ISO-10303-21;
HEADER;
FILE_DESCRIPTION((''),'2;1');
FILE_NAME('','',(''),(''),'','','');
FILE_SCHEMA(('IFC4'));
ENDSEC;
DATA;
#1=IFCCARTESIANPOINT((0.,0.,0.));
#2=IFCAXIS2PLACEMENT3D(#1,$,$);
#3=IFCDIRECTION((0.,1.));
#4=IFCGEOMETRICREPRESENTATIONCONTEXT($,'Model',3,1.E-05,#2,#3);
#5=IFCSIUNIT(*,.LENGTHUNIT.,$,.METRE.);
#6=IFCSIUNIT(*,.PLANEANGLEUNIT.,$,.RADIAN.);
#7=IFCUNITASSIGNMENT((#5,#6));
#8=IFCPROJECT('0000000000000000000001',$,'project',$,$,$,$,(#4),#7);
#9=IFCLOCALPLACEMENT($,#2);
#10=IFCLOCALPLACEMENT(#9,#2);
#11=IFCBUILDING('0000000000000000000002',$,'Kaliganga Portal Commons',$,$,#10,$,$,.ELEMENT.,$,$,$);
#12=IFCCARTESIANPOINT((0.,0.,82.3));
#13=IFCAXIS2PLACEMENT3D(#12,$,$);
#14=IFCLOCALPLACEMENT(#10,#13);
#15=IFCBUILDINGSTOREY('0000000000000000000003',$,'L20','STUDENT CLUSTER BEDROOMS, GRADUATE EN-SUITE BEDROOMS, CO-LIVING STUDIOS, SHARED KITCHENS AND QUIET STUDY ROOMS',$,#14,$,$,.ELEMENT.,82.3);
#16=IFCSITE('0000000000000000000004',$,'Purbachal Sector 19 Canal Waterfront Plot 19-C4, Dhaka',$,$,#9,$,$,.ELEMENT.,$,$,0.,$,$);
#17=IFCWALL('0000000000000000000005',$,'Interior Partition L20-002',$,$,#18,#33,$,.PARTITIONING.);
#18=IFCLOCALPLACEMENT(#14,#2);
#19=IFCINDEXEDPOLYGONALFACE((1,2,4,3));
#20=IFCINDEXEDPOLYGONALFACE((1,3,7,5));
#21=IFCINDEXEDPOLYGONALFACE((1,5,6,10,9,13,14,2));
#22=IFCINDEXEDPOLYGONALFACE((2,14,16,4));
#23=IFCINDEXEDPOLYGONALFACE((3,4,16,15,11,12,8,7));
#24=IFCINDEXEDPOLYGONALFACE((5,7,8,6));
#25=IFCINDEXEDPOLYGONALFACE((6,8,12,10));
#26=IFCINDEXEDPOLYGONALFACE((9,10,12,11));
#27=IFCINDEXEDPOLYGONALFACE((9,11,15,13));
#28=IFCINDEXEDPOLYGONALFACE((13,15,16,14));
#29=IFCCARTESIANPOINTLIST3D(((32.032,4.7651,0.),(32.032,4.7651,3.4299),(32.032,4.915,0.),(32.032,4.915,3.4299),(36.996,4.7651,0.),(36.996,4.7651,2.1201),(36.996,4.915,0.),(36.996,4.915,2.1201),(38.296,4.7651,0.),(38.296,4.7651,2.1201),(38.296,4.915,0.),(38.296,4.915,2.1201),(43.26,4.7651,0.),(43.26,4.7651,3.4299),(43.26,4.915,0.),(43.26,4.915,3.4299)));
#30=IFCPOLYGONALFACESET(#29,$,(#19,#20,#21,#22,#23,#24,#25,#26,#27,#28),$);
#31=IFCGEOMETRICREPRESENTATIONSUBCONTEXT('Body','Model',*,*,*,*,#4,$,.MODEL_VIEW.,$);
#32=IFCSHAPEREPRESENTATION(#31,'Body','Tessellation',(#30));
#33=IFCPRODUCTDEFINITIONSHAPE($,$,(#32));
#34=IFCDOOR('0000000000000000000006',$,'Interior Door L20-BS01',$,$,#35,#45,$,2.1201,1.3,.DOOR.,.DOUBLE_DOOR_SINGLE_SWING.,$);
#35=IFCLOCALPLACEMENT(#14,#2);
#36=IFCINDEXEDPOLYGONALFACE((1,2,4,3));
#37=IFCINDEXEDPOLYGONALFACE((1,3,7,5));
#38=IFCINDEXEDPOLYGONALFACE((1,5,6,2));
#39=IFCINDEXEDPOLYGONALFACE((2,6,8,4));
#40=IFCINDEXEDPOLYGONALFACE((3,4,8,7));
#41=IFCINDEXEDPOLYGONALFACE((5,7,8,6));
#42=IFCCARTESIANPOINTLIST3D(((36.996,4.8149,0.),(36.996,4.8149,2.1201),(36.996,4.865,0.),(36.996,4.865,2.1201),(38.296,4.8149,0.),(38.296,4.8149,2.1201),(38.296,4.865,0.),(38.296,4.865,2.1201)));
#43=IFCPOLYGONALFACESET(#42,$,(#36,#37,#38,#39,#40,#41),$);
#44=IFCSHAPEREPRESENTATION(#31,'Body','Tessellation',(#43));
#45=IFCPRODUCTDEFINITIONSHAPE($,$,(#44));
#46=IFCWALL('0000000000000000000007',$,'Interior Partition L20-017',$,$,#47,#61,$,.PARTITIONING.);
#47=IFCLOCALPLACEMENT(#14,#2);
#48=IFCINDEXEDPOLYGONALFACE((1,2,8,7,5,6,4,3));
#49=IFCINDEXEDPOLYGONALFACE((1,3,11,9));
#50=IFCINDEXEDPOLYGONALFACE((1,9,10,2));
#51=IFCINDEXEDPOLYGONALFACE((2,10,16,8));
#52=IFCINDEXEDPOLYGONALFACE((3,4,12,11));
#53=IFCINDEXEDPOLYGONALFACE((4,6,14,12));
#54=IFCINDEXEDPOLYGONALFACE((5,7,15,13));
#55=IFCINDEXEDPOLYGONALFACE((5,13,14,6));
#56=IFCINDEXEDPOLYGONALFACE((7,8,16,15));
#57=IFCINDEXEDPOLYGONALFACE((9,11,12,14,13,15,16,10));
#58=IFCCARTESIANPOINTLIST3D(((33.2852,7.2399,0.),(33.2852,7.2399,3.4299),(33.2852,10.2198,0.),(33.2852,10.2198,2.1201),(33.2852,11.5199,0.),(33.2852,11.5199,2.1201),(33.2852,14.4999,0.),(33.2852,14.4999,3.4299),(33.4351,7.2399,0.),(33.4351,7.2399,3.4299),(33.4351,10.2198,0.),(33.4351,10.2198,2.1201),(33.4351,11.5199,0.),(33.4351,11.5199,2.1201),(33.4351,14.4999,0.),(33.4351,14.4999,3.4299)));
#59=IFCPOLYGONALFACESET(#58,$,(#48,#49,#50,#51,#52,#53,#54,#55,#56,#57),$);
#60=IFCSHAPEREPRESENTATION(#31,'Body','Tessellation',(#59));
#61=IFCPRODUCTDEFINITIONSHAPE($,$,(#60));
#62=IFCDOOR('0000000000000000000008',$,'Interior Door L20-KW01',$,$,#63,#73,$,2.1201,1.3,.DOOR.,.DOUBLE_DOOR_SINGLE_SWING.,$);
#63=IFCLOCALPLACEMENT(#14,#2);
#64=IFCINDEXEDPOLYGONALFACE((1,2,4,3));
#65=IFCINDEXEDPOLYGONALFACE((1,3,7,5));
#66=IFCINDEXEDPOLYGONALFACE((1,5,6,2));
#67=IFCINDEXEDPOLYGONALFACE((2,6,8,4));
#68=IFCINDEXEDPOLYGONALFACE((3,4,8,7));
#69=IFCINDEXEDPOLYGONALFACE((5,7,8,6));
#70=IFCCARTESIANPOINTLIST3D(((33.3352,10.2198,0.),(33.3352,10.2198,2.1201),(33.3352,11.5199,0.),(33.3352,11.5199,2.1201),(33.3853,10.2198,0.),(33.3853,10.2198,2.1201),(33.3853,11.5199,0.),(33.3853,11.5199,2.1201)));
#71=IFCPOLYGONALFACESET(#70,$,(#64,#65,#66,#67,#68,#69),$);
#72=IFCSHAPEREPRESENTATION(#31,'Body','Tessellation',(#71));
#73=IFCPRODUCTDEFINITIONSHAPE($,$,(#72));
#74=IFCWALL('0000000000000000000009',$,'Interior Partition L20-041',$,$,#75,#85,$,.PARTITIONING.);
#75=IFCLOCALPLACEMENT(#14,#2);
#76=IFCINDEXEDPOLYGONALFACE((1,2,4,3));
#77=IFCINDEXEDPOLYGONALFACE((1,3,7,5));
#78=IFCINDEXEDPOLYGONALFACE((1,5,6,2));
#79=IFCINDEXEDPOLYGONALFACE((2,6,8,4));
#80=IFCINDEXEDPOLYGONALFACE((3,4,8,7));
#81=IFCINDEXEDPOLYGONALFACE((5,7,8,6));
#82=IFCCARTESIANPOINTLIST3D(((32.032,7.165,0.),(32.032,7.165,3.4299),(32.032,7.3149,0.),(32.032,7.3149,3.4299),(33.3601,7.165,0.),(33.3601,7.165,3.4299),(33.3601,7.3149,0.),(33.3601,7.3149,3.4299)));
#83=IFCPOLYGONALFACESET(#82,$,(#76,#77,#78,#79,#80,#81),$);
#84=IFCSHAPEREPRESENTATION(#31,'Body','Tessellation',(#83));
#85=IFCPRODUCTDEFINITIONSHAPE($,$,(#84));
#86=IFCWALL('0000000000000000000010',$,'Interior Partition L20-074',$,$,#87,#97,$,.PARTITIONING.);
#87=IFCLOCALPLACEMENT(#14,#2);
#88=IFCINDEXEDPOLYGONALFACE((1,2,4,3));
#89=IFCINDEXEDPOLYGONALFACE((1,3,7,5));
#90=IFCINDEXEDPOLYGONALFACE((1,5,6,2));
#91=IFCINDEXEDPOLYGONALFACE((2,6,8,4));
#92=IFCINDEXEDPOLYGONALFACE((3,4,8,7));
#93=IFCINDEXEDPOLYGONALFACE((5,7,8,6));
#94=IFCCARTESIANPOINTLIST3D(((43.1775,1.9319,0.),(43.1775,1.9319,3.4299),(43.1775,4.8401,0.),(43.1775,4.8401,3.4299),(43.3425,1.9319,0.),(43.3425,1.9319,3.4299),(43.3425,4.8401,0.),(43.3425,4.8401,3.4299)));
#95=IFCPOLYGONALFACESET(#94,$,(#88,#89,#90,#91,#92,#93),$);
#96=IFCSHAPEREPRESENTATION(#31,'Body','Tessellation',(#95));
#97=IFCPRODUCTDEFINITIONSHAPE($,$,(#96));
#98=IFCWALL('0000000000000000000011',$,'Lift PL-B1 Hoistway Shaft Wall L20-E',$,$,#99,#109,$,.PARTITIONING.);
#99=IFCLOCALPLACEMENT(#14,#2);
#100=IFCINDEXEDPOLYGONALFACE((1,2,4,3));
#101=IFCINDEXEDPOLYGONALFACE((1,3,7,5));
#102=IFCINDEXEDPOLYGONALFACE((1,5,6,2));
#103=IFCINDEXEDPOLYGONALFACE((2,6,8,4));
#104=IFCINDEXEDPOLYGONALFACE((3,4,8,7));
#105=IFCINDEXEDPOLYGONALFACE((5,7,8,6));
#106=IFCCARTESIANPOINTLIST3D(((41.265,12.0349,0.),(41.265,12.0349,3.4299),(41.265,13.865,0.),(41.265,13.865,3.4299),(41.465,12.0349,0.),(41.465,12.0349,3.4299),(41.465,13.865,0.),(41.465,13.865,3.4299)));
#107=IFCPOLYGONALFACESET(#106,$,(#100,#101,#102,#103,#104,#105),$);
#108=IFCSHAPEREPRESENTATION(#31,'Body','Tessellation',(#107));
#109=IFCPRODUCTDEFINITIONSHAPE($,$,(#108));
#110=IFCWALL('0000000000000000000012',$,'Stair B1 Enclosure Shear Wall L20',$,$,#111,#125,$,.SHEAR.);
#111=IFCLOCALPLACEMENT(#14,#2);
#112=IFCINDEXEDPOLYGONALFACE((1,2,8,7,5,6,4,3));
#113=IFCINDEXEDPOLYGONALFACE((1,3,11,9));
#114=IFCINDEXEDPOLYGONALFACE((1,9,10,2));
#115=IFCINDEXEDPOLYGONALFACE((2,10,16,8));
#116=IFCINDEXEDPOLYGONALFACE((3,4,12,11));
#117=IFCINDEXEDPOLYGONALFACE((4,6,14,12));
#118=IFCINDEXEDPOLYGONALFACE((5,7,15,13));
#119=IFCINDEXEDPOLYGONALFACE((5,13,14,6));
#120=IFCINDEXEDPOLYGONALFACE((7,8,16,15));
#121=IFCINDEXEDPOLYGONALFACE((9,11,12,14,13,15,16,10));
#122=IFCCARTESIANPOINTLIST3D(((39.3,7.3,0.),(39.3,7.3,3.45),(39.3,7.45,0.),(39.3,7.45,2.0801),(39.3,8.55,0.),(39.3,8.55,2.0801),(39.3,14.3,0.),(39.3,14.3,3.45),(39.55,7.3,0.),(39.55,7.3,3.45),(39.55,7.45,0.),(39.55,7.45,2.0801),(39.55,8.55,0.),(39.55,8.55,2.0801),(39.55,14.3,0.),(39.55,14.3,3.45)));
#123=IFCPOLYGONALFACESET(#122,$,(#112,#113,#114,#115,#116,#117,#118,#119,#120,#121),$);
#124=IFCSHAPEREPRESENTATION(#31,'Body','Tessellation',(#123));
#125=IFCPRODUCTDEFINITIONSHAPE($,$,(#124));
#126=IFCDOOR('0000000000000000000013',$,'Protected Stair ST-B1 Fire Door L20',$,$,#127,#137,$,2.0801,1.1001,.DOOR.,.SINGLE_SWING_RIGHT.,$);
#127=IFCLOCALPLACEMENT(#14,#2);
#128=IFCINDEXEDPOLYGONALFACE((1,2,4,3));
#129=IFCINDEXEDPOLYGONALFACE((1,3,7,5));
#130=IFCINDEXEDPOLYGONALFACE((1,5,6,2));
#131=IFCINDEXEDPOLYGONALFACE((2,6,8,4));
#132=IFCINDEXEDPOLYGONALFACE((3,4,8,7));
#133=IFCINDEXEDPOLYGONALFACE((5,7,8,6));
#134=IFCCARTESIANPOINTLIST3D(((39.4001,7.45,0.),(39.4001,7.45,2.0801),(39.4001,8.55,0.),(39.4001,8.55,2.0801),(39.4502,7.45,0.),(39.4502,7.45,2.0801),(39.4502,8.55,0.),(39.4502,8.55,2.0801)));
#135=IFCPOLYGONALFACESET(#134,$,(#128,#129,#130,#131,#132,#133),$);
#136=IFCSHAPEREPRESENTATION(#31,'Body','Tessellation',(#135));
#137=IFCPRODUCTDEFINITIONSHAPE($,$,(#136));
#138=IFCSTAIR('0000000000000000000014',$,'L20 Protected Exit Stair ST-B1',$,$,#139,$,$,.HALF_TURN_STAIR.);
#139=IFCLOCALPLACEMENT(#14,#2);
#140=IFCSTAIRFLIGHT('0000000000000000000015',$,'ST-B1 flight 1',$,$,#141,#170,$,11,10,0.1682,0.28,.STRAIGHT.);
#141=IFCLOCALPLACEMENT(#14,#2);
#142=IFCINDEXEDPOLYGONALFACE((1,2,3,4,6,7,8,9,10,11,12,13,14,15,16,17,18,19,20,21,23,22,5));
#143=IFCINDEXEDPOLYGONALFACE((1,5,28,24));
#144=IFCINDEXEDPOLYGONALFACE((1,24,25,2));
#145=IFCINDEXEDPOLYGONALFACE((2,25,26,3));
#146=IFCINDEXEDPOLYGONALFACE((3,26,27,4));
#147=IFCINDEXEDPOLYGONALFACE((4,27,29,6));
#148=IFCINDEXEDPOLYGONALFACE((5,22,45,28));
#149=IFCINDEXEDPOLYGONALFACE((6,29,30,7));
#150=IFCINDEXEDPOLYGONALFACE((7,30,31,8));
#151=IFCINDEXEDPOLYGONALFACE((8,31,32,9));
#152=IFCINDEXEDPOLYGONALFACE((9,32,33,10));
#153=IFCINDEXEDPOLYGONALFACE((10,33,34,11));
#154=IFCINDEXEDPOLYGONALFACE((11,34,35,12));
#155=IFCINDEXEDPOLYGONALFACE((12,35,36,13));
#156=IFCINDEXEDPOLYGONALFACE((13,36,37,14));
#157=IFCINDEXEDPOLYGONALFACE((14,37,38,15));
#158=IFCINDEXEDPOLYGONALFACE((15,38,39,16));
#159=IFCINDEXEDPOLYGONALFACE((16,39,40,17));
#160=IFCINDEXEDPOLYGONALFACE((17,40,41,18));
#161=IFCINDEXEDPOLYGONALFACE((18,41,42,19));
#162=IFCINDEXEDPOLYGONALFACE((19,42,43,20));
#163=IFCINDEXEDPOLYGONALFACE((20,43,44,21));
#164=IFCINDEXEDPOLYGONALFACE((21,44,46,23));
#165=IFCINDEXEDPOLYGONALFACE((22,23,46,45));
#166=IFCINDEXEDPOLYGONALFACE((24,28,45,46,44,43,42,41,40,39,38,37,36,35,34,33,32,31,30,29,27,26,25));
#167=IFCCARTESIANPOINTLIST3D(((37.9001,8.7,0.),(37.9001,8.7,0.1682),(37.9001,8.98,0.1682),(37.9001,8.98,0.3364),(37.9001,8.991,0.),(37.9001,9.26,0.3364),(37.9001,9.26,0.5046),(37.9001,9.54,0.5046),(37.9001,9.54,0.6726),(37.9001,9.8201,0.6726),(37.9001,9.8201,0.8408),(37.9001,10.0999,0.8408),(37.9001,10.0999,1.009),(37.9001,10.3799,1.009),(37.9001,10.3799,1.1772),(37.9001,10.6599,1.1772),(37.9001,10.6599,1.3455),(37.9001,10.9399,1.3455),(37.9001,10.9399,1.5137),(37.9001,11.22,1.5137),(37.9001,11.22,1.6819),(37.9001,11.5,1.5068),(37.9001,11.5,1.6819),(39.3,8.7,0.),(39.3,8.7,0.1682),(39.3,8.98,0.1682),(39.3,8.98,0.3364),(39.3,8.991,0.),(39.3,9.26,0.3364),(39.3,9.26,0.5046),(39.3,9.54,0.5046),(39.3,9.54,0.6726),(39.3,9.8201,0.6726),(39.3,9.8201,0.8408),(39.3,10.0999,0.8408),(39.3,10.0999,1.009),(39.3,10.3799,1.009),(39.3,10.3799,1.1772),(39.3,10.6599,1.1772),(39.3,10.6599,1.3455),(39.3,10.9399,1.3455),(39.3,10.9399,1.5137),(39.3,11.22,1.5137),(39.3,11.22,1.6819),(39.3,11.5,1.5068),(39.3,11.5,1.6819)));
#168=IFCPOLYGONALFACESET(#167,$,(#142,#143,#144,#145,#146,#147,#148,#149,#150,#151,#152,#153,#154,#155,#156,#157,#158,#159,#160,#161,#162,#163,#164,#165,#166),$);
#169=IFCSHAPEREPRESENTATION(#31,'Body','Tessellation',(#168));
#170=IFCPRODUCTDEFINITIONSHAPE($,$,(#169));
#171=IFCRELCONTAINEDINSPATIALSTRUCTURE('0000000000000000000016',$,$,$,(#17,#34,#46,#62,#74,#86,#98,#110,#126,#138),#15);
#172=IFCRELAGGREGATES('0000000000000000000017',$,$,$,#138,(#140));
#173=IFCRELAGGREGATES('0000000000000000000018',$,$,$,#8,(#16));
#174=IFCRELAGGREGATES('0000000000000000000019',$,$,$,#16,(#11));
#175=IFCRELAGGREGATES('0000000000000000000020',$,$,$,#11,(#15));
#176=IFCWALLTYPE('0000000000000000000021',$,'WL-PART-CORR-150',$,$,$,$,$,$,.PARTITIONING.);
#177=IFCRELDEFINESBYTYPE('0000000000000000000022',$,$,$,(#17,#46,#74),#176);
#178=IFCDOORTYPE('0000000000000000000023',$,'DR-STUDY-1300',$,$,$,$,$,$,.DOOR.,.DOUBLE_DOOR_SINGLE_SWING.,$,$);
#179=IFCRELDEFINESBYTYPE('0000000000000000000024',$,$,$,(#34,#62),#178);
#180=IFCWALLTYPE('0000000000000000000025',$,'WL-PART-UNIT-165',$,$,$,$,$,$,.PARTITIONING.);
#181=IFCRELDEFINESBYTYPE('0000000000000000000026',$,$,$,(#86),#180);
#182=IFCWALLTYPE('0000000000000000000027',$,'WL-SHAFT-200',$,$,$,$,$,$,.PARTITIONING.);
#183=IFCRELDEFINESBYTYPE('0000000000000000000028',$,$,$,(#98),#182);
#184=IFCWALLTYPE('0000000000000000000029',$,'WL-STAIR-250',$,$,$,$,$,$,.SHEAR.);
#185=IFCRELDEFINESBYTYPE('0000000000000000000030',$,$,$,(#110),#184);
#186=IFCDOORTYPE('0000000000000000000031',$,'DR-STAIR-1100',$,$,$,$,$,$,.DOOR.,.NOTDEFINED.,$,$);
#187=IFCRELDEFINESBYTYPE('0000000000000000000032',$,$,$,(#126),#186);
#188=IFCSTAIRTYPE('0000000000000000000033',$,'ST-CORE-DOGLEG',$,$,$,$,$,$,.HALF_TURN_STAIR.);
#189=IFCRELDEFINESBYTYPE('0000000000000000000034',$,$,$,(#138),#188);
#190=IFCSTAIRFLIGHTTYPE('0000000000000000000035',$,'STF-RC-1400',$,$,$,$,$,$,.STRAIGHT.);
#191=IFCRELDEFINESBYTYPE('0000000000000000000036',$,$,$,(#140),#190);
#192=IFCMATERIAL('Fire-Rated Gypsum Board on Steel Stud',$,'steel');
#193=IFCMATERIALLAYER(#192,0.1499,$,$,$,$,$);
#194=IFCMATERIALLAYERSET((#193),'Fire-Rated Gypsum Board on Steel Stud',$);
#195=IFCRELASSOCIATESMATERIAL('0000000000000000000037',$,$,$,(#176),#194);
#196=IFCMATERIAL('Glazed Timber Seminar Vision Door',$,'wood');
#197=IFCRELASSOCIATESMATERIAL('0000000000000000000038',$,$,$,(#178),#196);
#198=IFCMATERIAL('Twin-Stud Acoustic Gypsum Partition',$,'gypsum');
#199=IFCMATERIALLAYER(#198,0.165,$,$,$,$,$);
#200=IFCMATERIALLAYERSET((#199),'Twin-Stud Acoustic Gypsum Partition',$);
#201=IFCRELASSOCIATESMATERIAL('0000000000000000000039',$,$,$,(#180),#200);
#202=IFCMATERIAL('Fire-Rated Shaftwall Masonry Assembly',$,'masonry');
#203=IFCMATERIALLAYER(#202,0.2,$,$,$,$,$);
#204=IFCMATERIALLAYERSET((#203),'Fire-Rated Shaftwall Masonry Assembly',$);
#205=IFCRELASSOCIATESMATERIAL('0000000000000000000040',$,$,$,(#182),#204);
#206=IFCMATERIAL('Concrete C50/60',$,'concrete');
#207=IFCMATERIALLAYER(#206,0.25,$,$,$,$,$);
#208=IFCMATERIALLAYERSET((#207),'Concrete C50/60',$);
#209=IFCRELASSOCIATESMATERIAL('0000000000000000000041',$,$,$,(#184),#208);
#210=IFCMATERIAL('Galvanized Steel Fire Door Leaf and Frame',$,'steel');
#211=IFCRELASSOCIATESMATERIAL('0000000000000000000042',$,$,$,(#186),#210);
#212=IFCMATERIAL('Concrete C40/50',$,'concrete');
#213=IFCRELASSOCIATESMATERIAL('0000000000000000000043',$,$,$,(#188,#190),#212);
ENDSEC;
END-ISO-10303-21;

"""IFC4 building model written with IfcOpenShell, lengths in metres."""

from ifc_helpers import new_model, si_unit, direction, frame, frame_2d, origin, place, context, subcontext, project, spatial, polyline, rectangle, outline, extrude, material, layer, layer_set, type_object, element, fill, aggregate, save


model = new_model("IFC4")

# Units and contexts
model_context = context("Model", 3, precision=1e-05, world=origin(), true_north=direction((0.0, 1.0)))
body_context = subcontext(model_context, "Body", "Model", "MODEL_VIEW")
ifc_project = project(units=[si_unit("LENGTHUNIT", "METRE"), si_unit("PLANEANGLEUNIT", "RADIAN")], contexts=[model_context])

# Site, building, storey
site_placement = place(None, origin())
site = spatial("IfcSite", under=ifc_project, at=site_placement, Name="Purbachal Sector 19 Canal Waterfront Plot 19-C4, Dhaka", CompositionType="ELEMENT", RefElevation=0.0)
building_placement = place(site_placement, origin())
building = spatial("IfcBuilding", under=site, at=building_placement, Name="Kaliganga Portal Commons", CompositionType="ELEMENT")
storey_placement = place(building_placement, frame((0.0, 0.0, 82.3)))
storey = spatial("IfcBuildingStorey", under=building, at=storey_placement, Name="L20", Description="STUDENT CLUSTER BEDROOMS, GRADUATE EN-SUITE BEDROOMS, CO-LIVING STUDIOS, SHARED KITCHENS AND QUIET STUDY ROOMS", CompositionType="ELEMENT", Elevation=82.3)

# Walls, openings, doors
ifc_material_1 = material(Name="Fire-Rated Gypsum Board on Steel Stud", Category="steel")
ifc_layer_1 = layer(ifc_material_1, 0.1499)
ifc_layer_set_1 = layer_set([ifc_layer_1], Name="Fire-Rated Gypsum Board on Steel Stud")
wall_type_1 = type_object("IfcWallType", Name="WL-PART-CORR-150", PredefinedType="PARTITIONING", material=ifc_layer_set_1)
ifc_material_2 = material(Name="Glazed Timber Seminar Vision Door", Category="wood")
door_type_1 = type_object("IfcDoorType", Name="DR-STUDY-1300", OperationType="DOUBLE_DOOR_SINGLE_SWING", PredefinedType="DOOR", material=ifc_material_2)
wall_1_placement = place(storey_placement, frame((32.032, 4.8401, 0.0), z_axis=(0.0, 0.0, 1.0), x_axis=(1.0, 0.0, 0.0)))
wall_1 = element("IfcWall", 1, at=wall_1_placement, inside=storey, type_object=wall_type_1, Name="Interior Partition L20-002", PredefinedType="PARTITIONING", context=body_context, shape_type="SweptSolid", body=[
    extrude(rectangle(XDim=11.228, YDim=0.1499, at=frame_2d((5.614, 0.0))), origin(), (0.0, 0.0, 1.0), 3.4299),
])
opening_1_placement = place(wall_1_placement, frame((4.9641, 0.0, 0.0)))
opening_1 = element("IfcOpeningElement", 2, at=opening_1_placement, cuts=wall_1, PredefinedType="OPENING", context=body_context, shape_type="SweptSolid", body=[
    extrude(rectangle(XDim=1.3, YDim=2.1201, at=frame_2d((0.6499, 1.0601))), frame((0.0, 0.085, 0.0), z_axis=(0.0, -1.0, 0.0), x_axis=(1.0, 0.0, 0.0)), (0.0, 0.0, 1.0), 0.1699),
])
door_1_placement = place(opening_1_placement, origin())
door_1 = element("IfcDoor", 3, at=door_1_placement, inside=storey, type_object=door_type_1, Name="Interior Door L20-BS01", OperationType="DOUBLE_DOOR_SINGLE_SWING", OverallHeight=2.1201, OverallWidth=1.3, PredefinedType="DOOR", context=body_context, shape_type="SweptSolid", body=[
    extrude(rectangle(XDim=1.3, YDim=2.1201, at=frame_2d((0.6499, 1.0601))), frame((0.0, 0.0249, 0.0), z_axis=(0.0, -1.0, 0.0), x_axis=(1.0, 0.0, 0.0)), (0.0, 0.0, 1.0), 0.05),
])
fill(opening_1, door_1)
wall_2_placement = place(storey_placement, frame((33.3601, 7.24, 0.0), z_axis=(0.0, 0.0, 1.0), x_axis=(0.0, 1.0, 0.0)))
wall_2 = element("IfcWall", 4, at=wall_2_placement, inside=storey, type_object=wall_type_1, Name="Interior Partition L20-017", PredefinedType="PARTITIONING", context=body_context, shape_type="SweptSolid", body=[
    extrude(rectangle(XDim=7.26, YDim=0.1499, at=frame_2d((3.6299, 0.0))), origin(), (0.0, 0.0, 1.0), 3.4299),
])
opening_2_placement = place(wall_2_placement, frame((2.98, 0.0, 0.0)))
opening_2 = element("IfcOpeningElement", 5, at=opening_2_placement, cuts=wall_2, PredefinedType="OPENING", context=body_context, shape_type="SweptSolid", body=[
    extrude(rectangle(XDim=1.3, YDim=2.1201, at=frame_2d((0.6499, 1.0601))), frame((0.0, 0.085, 0.0), z_axis=(0.0, -1.0, 0.0), x_axis=(1.0, 0.0, 0.0)), (0.0, 0.0, 1.0), 0.1699),
])
door_2_placement = place(opening_2_placement, origin())
door_2 = element("IfcDoor", 6, at=door_2_placement, inside=storey, type_object=door_type_1, Name="Interior Door L20-KW01", OperationType="DOUBLE_DOOR_SINGLE_SWING", OverallHeight=2.1201, OverallWidth=1.3, PredefinedType="DOOR", context=body_context, shape_type="SweptSolid", body=[
    extrude(rectangle(XDim=1.3, YDim=2.1201, at=frame_2d((0.6499, 1.0601))), frame((0.0, 0.0249, 0.0), z_axis=(0.0, -1.0, 0.0), x_axis=(1.0, 0.0, 0.0)), (0.0, 0.0, 1.0), 0.05),
])
fill(opening_2, door_2)

# Walls
wall_3_placement = place(storey_placement, frame((32.032, 7.24, 0.0), z_axis=(0.0, 0.0, 1.0), x_axis=(1.0, 0.0, 0.0)))
element("IfcWall", 7, at=wall_3_placement, inside=storey, type_object=wall_type_1, Name="Interior Partition L20-041", PredefinedType="PARTITIONING", context=body_context, shape_type="SweptSolid", body=[
    extrude(rectangle(XDim=1.3281, YDim=0.1499, at=frame_2d((0.6641, 0.0))), origin(), (0.0, 0.0, 1.0), 3.4299),
])
ifc_material_3 = material(Name="Twin-Stud Acoustic Gypsum Partition", Category="gypsum")
ifc_layer_2 = layer(ifc_material_3, 0.165)
ifc_layer_set_2 = layer_set([ifc_layer_2], Name="Twin-Stud Acoustic Gypsum Partition")
wall_type_2 = type_object("IfcWallType", Name="WL-PART-UNIT-165", PredefinedType="PARTITIONING", material=ifc_layer_set_2)
wall_4_placement = place(storey_placement, frame((43.26, 1.9319, 0.0), z_axis=(0.0, 0.0, 1.0), x_axis=(0.0, 1.0, 0.0)))
element("IfcWall", 8, at=wall_4_placement, inside=storey, type_object=wall_type_2, Name="Interior Partition L20-074", PredefinedType="PARTITIONING", context=body_context, shape_type="SweptSolid", body=[
    extrude(rectangle(XDim=2.9082, YDim=0.165, at=frame_2d((1.4541, 0.0))), origin(), (0.0, 0.0, 1.0), 3.4299),
])

# Shared definitions
ifc_material_4 = material(Name="Fire-Rated Shaftwall Masonry Assembly", Category="masonry")
ifc_layer_3 = layer(ifc_material_4, 0.2)
ifc_layer_set_3 = layer_set([ifc_layer_3], Name="Fire-Rated Shaftwall Masonry Assembly")
wall_type_3 = type_object("IfcWallType", Name="WL-SHAFT-200", PredefinedType="PARTITIONING", material=ifc_layer_set_3)

# Wall
wall_5_placement = place(storey_placement, frame((41.365, 12.0349, 0.0), z_axis=(0.0, 0.0, 1.0), x_axis=(0.0, 1.0, 0.0)))
element("IfcWall", 9, at=wall_5_placement, inside=storey, type_object=wall_type_3, Name="Lift PL-B1 Hoistway Shaft Wall L20-E", PredefinedType="PARTITIONING", context=body_context, shape_type="SweptSolid", body=[
    extrude(rectangle(XDim=1.8301, YDim=0.2, at=frame_2d((0.915, 0.0))), origin(), (0.0, 0.0, 1.0), 3.4299),
])

# Wall, opening, door
ifc_material_5 = material(Name="Concrete C50/60", Category="concrete")
ifc_layer_4 = layer(ifc_material_5, 0.25)
ifc_layer_set_4 = layer_set([ifc_layer_4], Name="Concrete C50/60")
wall_type_4 = type_object("IfcWallType", Name="WL-STAIR-250", PredefinedType="SHEAR", material=ifc_layer_set_4)
wall_6_placement = place(storey_placement, frame((39.425, 7.3, 0.0), z_axis=(0.0, 0.0, 1.0), x_axis=(0.0, 1.0, 0.0)))
wall_6 = element("IfcWall", 10, at=wall_6_placement, inside=storey, type_object=wall_type_4, Name="Stair B1 Enclosure Shear Wall L20", PredefinedType="SHEAR", context=body_context, shape_type="SweptSolid", body=[
    extrude(rectangle(XDim=7.0, YDim=0.25, at=frame_2d((3.5, 0.0))), origin(), (0.0, 0.0, 1.0), 3.45),
])
opening_3_placement = place(wall_6_placement, frame((0.1499, 0.0, 0.0)))
opening_3 = element("IfcOpeningElement", 11, at=opening_3_placement, cuts=wall_6, PredefinedType="OPENING", context=body_context, shape_type="SweptSolid", body=[
    extrude(rectangle(XDim=1.1001, YDim=2.0801, at=frame_2d((0.55, 1.04))), frame((0.0, 0.135, 0.0), z_axis=(0.0, -1.0, 0.0), x_axis=(1.0, 0.0, 0.0)), (0.0, 0.0, 1.0), 0.27),
])
ifc_material_6 = material(Name="Galvanized Steel Fire Door Leaf and Frame", Category="steel")
door_type_2 = type_object("IfcDoorType", Name="DR-STAIR-1100", OperationType="NOTDEFINED", PredefinedType="DOOR", material=ifc_material_6)
door_3_placement = place(opening_3_placement, origin())
door_3 = element("IfcDoor", 12, at=door_3_placement, inside=storey, type_object=door_type_2, Name="Protected Stair ST-B1 Fire Door L20", OperationType="SINGLE_SWING_RIGHT", OverallHeight=2.0801, OverallWidth=1.1001, PredefinedType="DOOR", context=body_context, shape_type="SweptSolid", body=[
    extrude(rectangle(XDim=1.1001, YDim=2.0801, at=frame_2d((0.55, 1.04))), frame((0.0, 0.0249, 0.0), z_axis=(0.0, -1.0, 0.0), x_axis=(1.0, 0.0, 0.0)), (0.0, 0.0, 1.0), 0.05),
])
fill(opening_3, door_3)

# Stair, stair flight
ifc_material_7 = material(Name="Concrete C40/50", Category="concrete")
stair_type = type_object("IfcStairType", Name="ST-CORE-DOGLEG", PredefinedType="HALF_TURN_STAIR", material=ifc_material_7)
stair_placement = place(storey_placement, origin())
stair = element("IfcStair", 13, at=stair_placement, inside=storey, type_object=stair_type, Name="L20 Protected Exit Stair ST-B1", PredefinedType="HALF_TURN_STAIR")
stair_flight_type = type_object("IfcStairFlightType", Name="STF-RC-1400", PredefinedType="STRAIGHT", material=ifc_material_7)
stair_flight_1_placement = place(storey_placement, frame((38.6001, 8.7, 0.0), z_axis=(0.0, 0.0, 1.0), x_axis=(0.0, 1.0, 0.0)))
stair_flight_1 = element("IfcStairFlight", 14, at=stair_flight_1_placement, type_object=stair_flight_type, Name="ST-B1 flight 1", NumberOfRisers=11, NumberOfTreads=10, PredefinedType="STRAIGHT", RiserHeight=0.1682, TreadLength=0.28, context=body_context, shape_type="SweptSolid", body=[
    extrude(outline(polyline([(0.0, 0.0), (0.0, 0.1682), (0.28, 0.1682), (0.28, 0.3364), (0.5601, 0.3364), (0.5601, 0.5046), (0.8401, 0.5046), (0.8401, 0.6726), (1.1201, 0.6726), (1.1201, 0.8408), (1.3999, 0.8408), (1.3999, 1.009), (1.6799, 1.009), (1.6799, 1.1772), (1.96, 1.1772), (1.96, 1.3455), (2.24, 1.3455), (2.24, 1.5137), (2.52, 1.5137), (2.52, 1.6819), (2.8, 1.6819), (2.8, 1.8501), (2.8, 1.5068), (0.291, 0.0), (0.0, 0.0)])), frame((0.0, 0.7, 0.0), z_axis=(0.0, -1.0, 0.0), x_axis=(1.0, 0.0, 0.0)), (0.0, 0.0, 1.0), 1.3999),
])
aggregate(stair, [stair_flight_1])

save(model, "model.ifc")
